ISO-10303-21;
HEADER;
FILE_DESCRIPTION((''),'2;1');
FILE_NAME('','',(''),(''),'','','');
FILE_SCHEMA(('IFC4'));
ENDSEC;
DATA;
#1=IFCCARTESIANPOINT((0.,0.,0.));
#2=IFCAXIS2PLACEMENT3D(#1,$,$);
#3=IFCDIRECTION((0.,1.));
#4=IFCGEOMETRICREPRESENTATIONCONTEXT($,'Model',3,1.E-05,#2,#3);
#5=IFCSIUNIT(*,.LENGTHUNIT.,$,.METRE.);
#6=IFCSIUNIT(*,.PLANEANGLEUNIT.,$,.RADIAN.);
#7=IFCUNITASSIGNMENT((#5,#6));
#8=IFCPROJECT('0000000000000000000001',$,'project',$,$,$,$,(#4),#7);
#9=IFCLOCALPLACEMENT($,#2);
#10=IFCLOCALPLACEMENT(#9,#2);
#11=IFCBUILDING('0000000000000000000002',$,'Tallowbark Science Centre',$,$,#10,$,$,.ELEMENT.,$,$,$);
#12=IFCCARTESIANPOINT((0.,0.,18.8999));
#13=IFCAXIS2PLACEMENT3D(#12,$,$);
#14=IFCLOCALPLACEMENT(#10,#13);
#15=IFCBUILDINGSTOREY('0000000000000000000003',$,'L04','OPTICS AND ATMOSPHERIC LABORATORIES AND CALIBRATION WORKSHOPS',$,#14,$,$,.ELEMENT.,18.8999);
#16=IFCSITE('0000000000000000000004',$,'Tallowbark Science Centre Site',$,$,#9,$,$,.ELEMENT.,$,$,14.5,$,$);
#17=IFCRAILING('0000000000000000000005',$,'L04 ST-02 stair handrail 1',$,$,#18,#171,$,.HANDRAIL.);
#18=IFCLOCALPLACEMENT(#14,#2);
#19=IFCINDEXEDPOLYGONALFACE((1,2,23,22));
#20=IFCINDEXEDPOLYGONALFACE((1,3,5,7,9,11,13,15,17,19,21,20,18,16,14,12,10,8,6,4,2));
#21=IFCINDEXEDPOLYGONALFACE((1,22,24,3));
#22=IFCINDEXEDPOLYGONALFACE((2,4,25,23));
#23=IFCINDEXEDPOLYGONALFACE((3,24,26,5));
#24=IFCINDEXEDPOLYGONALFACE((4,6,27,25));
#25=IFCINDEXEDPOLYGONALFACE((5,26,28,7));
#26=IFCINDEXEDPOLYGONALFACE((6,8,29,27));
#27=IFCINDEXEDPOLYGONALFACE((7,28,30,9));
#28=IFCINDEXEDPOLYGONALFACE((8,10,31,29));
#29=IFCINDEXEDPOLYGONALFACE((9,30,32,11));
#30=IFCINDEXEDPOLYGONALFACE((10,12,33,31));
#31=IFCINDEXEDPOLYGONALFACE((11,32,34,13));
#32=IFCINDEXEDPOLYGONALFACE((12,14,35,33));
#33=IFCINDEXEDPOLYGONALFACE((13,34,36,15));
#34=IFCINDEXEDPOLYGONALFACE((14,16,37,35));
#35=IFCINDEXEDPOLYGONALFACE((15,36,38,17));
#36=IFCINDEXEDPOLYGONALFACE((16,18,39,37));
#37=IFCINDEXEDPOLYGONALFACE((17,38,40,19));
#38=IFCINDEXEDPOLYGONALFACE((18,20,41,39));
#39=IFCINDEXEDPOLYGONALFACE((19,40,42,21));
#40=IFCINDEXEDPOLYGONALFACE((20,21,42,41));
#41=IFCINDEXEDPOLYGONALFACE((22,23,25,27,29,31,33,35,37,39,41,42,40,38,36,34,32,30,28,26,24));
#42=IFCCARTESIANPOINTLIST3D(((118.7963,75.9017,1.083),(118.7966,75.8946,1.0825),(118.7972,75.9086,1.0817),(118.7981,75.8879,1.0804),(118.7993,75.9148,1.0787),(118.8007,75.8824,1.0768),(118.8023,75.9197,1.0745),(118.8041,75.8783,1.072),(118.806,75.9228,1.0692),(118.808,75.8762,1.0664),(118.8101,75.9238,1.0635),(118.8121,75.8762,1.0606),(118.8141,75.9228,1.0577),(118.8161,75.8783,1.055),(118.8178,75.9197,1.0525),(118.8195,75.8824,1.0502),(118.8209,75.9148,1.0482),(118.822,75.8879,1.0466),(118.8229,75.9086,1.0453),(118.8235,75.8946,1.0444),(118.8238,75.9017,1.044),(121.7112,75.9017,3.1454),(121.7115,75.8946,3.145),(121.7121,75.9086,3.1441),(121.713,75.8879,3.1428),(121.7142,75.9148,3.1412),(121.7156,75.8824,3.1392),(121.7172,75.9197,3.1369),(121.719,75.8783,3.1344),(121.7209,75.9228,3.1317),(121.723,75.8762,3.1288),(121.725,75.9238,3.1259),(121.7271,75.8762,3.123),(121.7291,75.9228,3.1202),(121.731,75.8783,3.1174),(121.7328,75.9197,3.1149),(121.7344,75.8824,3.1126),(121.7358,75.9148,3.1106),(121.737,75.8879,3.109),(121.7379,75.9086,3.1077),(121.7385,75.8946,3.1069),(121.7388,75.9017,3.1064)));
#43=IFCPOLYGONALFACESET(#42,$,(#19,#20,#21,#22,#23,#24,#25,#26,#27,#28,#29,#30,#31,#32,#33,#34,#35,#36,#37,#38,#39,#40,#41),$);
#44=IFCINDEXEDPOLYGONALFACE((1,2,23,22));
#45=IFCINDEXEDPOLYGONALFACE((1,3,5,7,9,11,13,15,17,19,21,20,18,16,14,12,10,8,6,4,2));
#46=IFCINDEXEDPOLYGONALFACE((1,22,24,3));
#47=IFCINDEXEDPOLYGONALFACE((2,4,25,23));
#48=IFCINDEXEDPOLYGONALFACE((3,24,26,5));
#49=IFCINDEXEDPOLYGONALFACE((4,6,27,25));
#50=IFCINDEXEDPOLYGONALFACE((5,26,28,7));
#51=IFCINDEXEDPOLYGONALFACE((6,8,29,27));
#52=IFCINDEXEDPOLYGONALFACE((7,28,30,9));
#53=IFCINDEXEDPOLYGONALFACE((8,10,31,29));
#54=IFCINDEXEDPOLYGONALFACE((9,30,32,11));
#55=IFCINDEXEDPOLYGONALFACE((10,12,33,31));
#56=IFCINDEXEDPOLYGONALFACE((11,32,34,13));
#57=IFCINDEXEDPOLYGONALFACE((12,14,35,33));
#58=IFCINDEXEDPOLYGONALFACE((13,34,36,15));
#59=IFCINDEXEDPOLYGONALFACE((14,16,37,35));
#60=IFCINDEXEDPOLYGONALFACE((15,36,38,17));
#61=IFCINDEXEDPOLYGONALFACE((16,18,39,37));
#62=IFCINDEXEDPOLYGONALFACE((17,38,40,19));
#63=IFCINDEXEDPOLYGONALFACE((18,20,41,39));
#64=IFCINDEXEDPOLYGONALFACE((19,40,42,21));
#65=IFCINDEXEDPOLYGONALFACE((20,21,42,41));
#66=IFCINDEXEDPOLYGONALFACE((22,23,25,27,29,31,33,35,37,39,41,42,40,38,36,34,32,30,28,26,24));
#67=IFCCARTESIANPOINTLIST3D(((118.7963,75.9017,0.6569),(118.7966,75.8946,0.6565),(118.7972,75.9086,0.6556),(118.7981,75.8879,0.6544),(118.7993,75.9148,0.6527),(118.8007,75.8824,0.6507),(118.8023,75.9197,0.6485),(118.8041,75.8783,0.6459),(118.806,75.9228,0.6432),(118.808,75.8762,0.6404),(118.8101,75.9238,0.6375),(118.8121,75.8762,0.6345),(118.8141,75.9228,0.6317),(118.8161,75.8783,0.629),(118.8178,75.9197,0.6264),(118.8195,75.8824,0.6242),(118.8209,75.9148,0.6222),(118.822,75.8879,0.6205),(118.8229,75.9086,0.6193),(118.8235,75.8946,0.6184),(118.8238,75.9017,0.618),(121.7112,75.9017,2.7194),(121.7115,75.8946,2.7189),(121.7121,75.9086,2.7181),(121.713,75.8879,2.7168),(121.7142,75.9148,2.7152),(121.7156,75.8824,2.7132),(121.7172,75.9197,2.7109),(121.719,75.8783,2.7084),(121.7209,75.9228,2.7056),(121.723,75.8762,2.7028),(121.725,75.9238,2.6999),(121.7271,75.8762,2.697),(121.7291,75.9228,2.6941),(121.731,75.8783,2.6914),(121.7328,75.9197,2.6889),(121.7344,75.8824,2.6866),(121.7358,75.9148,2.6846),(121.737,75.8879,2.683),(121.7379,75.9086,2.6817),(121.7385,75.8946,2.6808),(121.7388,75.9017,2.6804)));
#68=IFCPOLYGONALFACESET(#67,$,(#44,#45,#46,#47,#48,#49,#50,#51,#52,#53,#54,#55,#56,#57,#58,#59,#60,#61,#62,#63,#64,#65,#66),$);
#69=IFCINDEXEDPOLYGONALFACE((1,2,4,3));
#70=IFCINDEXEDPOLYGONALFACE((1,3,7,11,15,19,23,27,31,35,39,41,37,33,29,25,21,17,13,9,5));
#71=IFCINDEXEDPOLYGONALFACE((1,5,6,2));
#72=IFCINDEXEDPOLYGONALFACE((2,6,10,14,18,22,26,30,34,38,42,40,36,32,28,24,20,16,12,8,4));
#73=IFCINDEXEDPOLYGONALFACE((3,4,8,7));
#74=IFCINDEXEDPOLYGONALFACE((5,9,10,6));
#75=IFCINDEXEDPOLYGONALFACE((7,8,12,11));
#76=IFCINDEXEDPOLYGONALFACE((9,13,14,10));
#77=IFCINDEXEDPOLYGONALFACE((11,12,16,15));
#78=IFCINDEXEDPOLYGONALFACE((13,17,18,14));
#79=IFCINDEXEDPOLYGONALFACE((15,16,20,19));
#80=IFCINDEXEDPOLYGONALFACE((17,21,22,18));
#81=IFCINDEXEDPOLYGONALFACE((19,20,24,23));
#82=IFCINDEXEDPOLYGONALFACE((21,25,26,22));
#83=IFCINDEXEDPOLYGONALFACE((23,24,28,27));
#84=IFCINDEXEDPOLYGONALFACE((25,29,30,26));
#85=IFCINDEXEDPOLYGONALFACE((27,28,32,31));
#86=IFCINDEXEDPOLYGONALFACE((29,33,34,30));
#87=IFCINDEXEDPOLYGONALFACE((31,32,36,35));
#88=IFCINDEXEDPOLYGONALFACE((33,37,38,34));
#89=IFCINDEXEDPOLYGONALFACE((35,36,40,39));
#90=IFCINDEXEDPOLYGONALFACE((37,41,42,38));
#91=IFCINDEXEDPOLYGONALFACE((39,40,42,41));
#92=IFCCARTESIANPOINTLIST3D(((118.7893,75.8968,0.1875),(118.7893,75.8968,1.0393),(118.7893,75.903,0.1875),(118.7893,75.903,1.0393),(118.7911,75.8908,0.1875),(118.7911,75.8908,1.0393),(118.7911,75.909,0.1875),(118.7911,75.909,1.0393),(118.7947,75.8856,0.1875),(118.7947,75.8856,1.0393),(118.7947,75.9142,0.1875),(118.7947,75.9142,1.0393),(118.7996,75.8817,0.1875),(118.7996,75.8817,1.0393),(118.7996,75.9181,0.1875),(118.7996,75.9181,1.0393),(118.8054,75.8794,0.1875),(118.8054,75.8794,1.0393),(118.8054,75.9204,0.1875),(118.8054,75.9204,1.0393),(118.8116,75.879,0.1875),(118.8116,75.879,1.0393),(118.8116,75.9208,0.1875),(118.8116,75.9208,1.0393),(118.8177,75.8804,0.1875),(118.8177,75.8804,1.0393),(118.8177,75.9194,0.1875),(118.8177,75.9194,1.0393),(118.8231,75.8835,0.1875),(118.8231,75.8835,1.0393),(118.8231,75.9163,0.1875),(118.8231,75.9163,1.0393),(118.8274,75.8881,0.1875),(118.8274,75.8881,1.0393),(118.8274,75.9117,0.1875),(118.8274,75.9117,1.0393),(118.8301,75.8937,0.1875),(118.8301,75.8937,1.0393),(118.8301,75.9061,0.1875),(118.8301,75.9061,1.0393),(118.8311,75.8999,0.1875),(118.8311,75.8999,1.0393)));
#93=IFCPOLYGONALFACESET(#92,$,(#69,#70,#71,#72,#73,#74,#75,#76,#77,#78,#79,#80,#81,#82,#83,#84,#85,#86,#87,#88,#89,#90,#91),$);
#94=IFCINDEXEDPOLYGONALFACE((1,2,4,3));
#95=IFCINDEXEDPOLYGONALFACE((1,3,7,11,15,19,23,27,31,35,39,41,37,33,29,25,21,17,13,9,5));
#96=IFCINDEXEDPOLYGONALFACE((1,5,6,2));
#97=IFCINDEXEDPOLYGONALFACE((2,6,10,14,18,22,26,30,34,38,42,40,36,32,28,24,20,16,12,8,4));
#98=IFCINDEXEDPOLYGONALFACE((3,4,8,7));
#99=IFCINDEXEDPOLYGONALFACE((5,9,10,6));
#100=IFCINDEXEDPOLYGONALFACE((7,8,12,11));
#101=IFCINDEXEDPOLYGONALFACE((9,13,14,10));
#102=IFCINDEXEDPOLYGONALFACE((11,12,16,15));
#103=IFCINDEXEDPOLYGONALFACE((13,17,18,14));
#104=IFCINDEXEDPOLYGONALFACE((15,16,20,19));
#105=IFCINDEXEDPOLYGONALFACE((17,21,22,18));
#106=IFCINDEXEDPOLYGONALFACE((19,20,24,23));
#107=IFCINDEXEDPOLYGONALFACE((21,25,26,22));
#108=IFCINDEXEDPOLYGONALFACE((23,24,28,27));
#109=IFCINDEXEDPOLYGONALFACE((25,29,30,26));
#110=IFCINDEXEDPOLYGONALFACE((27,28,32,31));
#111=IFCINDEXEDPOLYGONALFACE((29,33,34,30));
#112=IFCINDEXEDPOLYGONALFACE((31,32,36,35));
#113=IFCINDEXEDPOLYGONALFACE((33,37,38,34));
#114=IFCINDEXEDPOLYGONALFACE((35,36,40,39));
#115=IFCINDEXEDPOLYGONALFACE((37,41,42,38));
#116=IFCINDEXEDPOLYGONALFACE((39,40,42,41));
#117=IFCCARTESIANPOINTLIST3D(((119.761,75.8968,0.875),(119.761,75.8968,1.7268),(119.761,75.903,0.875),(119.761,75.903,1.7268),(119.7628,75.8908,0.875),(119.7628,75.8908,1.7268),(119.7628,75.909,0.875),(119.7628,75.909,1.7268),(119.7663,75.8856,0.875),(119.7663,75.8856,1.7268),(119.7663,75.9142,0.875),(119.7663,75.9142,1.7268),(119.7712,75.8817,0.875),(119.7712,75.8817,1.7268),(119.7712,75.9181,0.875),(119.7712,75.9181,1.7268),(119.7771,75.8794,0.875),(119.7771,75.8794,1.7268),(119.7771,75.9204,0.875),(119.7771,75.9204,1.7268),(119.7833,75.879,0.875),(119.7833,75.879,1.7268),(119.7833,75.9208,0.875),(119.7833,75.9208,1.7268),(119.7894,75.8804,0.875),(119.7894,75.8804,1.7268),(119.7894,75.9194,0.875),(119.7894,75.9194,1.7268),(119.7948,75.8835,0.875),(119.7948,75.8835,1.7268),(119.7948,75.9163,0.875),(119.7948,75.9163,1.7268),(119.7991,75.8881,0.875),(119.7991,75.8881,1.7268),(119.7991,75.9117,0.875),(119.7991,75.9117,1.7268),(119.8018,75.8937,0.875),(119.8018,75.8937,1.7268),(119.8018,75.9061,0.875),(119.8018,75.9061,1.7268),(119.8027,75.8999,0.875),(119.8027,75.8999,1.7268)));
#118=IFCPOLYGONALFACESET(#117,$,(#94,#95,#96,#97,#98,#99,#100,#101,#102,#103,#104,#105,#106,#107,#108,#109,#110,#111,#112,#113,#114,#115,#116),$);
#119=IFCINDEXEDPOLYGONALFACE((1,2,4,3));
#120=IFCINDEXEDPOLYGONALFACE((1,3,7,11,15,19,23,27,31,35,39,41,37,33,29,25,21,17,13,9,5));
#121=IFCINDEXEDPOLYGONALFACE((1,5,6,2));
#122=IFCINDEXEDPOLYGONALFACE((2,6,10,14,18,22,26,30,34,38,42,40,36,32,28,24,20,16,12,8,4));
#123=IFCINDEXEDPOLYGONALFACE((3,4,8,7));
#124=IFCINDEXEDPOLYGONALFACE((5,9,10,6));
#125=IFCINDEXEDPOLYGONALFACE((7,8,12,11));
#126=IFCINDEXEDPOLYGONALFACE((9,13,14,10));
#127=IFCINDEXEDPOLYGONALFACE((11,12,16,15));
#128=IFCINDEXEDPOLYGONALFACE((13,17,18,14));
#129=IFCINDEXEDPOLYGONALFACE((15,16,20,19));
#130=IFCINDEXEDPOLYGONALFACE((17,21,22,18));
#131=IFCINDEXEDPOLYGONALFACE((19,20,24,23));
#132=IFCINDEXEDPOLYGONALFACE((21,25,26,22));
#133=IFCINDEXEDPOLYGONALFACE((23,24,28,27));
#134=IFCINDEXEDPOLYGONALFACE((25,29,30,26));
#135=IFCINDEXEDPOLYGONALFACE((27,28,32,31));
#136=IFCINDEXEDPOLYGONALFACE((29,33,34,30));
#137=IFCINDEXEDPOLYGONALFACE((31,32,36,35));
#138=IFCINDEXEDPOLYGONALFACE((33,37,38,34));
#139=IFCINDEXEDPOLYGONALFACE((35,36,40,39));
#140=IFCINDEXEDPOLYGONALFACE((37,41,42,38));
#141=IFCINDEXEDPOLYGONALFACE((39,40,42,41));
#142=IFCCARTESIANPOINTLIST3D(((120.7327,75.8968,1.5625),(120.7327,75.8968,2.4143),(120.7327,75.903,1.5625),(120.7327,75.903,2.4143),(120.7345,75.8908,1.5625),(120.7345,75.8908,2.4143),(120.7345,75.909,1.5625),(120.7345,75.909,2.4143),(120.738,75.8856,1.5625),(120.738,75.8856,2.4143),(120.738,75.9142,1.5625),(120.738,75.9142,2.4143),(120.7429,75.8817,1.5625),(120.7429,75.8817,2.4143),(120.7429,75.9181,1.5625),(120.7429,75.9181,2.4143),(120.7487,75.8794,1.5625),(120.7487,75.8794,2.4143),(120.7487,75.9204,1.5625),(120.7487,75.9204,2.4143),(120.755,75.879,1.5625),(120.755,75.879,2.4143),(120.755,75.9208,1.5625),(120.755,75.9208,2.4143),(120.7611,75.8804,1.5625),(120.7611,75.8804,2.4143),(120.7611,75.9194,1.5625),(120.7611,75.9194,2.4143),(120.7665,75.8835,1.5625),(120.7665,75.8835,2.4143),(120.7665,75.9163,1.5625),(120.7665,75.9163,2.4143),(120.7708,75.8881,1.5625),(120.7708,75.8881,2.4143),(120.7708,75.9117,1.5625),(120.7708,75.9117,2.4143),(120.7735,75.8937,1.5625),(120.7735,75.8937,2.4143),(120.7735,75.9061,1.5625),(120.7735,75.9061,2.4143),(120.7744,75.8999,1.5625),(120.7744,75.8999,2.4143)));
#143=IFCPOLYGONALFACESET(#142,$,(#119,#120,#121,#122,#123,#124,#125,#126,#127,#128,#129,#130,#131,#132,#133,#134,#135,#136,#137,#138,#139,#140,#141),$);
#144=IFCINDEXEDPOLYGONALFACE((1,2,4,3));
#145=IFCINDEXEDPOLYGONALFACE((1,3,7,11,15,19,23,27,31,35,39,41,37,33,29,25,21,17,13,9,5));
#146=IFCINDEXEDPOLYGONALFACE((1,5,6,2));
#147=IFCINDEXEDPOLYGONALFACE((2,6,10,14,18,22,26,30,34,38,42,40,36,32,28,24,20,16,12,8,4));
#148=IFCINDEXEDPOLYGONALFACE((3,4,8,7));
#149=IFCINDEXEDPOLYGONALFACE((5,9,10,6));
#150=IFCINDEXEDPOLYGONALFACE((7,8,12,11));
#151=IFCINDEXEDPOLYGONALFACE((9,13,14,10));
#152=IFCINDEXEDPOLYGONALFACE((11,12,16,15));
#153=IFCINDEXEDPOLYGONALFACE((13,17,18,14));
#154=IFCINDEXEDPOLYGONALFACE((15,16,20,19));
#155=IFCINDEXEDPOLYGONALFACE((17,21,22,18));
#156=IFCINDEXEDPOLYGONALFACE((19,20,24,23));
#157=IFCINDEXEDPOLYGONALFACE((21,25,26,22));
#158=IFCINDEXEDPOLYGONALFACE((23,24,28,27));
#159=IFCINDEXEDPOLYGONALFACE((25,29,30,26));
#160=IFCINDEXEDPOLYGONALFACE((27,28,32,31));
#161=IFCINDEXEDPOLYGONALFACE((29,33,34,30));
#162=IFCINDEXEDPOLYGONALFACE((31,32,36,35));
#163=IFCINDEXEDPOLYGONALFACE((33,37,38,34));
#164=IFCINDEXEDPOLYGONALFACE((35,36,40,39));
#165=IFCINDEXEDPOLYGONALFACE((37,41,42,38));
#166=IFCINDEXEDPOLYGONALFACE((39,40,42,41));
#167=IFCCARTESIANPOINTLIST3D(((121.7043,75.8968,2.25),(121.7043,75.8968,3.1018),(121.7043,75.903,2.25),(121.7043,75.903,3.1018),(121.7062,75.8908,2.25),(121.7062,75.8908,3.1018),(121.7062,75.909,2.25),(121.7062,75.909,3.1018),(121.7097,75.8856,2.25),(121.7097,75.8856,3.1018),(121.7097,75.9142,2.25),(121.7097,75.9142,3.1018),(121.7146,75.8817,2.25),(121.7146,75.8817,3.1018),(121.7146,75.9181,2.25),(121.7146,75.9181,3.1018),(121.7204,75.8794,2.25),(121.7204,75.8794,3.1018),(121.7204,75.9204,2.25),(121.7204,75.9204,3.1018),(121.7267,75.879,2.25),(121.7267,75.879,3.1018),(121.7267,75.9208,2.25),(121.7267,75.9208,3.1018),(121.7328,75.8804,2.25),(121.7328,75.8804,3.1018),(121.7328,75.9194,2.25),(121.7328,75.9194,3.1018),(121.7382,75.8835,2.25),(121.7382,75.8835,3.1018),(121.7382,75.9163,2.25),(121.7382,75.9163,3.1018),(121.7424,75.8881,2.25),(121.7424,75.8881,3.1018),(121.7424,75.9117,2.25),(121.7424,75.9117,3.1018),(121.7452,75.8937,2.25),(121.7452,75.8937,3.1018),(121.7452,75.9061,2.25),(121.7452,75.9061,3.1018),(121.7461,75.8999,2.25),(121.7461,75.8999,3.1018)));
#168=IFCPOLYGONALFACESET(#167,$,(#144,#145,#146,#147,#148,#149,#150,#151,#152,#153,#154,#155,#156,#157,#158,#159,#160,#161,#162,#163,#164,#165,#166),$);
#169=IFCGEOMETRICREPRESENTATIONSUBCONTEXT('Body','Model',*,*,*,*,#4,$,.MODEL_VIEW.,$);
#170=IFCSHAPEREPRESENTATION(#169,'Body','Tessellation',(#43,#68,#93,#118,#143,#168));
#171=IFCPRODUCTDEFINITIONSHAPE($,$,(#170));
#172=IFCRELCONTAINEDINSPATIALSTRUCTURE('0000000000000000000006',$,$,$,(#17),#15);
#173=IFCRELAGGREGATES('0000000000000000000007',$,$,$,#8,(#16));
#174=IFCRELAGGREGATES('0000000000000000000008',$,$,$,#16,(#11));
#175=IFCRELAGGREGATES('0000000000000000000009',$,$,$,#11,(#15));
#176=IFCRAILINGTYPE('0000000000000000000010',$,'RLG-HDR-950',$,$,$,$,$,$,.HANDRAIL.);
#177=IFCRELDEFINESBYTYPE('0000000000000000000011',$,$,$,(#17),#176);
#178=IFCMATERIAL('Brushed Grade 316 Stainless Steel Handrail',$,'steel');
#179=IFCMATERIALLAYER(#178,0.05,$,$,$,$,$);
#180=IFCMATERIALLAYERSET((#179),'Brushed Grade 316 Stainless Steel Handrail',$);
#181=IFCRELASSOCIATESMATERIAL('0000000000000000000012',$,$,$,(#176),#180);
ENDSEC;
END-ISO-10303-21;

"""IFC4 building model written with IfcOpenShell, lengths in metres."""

from ifc_helpers import new_model, si_unit, direction, frame, origin, origin_2d, place, context, subcontext, project, spatial, circle, extrude, material, layer, layer_set, type_object, element, save


model = new_model("IFC4")

# Units and contexts
model_context = context("Model", 3, precision=1e-05, world=origin(), true_north=direction((0.0, 1.0)))
body_context = subcontext(model_context, "Body", "Model", "MODEL_VIEW")
ifc_project = project(units=[si_unit("LENGTHUNIT", "METRE"), si_unit("PLANEANGLEUNIT", "RADIAN")], contexts=[model_context])

# Site, building, storey
site_placement = place(None, origin())
site = spatial("IfcSite", under=ifc_project, at=site_placement, Name="Tallowbark Science Centre Site", CompositionType="ELEMENT", RefElevation=14.5)
building_placement = place(site_placement, origin())
building = spatial("IfcBuilding", under=site, at=building_placement, Name="Tallowbark Science Centre", CompositionType="ELEMENT")
storey_placement = place(building_placement, frame((0.0, 0.0, 18.8999)))
storey = spatial("IfcBuildingStorey", under=building, at=storey_placement, Name="L04", Description="OPTICS AND ATMOSPHERIC LABORATORIES AND CALIBRATION WORKSHOPS", CompositionType="ELEMENT", Elevation=18.8999)

# Railing
ifc_material_1 = material(Name="Brushed Grade 316 Stainless Steel Handrail", Category="steel")
ifc_layer_1 = layer(ifc_material_1, 0.05)
ifc_layer_set_1 = layer_set([ifc_layer_1], Name="Brushed Grade 316 Stainless Steel Handrail")
railing_type = type_object("IfcRailingType", Name="RLG-HDR-950", PredefinedType="HANDRAIL", material=ifc_layer_set_1)
railing_placement = place(storey_placement, frame((118.8101, 75.8999, 0.1875)))
element("IfcRailing", 1, at=railing_placement, inside=storey, type_object=railing_type, Name="L04 ST-02 stair handrail 1", PredefinedType="HANDRAIL", context=body_context, shape_type="SweptSolid", body=[
    extrude(circle(Radius=0.0239, at=origin_2d()), frame((0.0, 0.0, 0.876), z_axis=(0.816331, 0.0, 0.577585), x_axis=(0.0, 1.0, 0.0)), (0.0, 0.0, 1.0), 3.5708),
    extrude(circle(Radius=0.0239, at=origin_2d()), frame((0.0, 0.0, 0.45), z_axis=(0.816331, 0.0, 0.577585), x_axis=(0.0, 1.0, 0.0)), (0.0, 0.0, 1.0), 3.5708),
    extrude(circle(Radius=0.021, at=origin_2d()), origin(), (0.0, 0.0, 1.0), 0.8518),
    extrude(circle(Radius=0.021, at=origin_2d()), frame((0.9717, 0.0, 0.6875)), (0.0, 0.0, 1.0), 0.8518),
    extrude(circle(Radius=0.021, at=origin_2d()), frame((1.9434, 0.0, 1.375)), (0.0, 0.0, 1.0), 0.8518),
    extrude(circle(Radius=0.021, at=origin_2d()), frame((2.915, 0.0, 2.0625)), (0.0, 0.0, 1.0), 0.8518),
])

save(model, "model.ifc")
